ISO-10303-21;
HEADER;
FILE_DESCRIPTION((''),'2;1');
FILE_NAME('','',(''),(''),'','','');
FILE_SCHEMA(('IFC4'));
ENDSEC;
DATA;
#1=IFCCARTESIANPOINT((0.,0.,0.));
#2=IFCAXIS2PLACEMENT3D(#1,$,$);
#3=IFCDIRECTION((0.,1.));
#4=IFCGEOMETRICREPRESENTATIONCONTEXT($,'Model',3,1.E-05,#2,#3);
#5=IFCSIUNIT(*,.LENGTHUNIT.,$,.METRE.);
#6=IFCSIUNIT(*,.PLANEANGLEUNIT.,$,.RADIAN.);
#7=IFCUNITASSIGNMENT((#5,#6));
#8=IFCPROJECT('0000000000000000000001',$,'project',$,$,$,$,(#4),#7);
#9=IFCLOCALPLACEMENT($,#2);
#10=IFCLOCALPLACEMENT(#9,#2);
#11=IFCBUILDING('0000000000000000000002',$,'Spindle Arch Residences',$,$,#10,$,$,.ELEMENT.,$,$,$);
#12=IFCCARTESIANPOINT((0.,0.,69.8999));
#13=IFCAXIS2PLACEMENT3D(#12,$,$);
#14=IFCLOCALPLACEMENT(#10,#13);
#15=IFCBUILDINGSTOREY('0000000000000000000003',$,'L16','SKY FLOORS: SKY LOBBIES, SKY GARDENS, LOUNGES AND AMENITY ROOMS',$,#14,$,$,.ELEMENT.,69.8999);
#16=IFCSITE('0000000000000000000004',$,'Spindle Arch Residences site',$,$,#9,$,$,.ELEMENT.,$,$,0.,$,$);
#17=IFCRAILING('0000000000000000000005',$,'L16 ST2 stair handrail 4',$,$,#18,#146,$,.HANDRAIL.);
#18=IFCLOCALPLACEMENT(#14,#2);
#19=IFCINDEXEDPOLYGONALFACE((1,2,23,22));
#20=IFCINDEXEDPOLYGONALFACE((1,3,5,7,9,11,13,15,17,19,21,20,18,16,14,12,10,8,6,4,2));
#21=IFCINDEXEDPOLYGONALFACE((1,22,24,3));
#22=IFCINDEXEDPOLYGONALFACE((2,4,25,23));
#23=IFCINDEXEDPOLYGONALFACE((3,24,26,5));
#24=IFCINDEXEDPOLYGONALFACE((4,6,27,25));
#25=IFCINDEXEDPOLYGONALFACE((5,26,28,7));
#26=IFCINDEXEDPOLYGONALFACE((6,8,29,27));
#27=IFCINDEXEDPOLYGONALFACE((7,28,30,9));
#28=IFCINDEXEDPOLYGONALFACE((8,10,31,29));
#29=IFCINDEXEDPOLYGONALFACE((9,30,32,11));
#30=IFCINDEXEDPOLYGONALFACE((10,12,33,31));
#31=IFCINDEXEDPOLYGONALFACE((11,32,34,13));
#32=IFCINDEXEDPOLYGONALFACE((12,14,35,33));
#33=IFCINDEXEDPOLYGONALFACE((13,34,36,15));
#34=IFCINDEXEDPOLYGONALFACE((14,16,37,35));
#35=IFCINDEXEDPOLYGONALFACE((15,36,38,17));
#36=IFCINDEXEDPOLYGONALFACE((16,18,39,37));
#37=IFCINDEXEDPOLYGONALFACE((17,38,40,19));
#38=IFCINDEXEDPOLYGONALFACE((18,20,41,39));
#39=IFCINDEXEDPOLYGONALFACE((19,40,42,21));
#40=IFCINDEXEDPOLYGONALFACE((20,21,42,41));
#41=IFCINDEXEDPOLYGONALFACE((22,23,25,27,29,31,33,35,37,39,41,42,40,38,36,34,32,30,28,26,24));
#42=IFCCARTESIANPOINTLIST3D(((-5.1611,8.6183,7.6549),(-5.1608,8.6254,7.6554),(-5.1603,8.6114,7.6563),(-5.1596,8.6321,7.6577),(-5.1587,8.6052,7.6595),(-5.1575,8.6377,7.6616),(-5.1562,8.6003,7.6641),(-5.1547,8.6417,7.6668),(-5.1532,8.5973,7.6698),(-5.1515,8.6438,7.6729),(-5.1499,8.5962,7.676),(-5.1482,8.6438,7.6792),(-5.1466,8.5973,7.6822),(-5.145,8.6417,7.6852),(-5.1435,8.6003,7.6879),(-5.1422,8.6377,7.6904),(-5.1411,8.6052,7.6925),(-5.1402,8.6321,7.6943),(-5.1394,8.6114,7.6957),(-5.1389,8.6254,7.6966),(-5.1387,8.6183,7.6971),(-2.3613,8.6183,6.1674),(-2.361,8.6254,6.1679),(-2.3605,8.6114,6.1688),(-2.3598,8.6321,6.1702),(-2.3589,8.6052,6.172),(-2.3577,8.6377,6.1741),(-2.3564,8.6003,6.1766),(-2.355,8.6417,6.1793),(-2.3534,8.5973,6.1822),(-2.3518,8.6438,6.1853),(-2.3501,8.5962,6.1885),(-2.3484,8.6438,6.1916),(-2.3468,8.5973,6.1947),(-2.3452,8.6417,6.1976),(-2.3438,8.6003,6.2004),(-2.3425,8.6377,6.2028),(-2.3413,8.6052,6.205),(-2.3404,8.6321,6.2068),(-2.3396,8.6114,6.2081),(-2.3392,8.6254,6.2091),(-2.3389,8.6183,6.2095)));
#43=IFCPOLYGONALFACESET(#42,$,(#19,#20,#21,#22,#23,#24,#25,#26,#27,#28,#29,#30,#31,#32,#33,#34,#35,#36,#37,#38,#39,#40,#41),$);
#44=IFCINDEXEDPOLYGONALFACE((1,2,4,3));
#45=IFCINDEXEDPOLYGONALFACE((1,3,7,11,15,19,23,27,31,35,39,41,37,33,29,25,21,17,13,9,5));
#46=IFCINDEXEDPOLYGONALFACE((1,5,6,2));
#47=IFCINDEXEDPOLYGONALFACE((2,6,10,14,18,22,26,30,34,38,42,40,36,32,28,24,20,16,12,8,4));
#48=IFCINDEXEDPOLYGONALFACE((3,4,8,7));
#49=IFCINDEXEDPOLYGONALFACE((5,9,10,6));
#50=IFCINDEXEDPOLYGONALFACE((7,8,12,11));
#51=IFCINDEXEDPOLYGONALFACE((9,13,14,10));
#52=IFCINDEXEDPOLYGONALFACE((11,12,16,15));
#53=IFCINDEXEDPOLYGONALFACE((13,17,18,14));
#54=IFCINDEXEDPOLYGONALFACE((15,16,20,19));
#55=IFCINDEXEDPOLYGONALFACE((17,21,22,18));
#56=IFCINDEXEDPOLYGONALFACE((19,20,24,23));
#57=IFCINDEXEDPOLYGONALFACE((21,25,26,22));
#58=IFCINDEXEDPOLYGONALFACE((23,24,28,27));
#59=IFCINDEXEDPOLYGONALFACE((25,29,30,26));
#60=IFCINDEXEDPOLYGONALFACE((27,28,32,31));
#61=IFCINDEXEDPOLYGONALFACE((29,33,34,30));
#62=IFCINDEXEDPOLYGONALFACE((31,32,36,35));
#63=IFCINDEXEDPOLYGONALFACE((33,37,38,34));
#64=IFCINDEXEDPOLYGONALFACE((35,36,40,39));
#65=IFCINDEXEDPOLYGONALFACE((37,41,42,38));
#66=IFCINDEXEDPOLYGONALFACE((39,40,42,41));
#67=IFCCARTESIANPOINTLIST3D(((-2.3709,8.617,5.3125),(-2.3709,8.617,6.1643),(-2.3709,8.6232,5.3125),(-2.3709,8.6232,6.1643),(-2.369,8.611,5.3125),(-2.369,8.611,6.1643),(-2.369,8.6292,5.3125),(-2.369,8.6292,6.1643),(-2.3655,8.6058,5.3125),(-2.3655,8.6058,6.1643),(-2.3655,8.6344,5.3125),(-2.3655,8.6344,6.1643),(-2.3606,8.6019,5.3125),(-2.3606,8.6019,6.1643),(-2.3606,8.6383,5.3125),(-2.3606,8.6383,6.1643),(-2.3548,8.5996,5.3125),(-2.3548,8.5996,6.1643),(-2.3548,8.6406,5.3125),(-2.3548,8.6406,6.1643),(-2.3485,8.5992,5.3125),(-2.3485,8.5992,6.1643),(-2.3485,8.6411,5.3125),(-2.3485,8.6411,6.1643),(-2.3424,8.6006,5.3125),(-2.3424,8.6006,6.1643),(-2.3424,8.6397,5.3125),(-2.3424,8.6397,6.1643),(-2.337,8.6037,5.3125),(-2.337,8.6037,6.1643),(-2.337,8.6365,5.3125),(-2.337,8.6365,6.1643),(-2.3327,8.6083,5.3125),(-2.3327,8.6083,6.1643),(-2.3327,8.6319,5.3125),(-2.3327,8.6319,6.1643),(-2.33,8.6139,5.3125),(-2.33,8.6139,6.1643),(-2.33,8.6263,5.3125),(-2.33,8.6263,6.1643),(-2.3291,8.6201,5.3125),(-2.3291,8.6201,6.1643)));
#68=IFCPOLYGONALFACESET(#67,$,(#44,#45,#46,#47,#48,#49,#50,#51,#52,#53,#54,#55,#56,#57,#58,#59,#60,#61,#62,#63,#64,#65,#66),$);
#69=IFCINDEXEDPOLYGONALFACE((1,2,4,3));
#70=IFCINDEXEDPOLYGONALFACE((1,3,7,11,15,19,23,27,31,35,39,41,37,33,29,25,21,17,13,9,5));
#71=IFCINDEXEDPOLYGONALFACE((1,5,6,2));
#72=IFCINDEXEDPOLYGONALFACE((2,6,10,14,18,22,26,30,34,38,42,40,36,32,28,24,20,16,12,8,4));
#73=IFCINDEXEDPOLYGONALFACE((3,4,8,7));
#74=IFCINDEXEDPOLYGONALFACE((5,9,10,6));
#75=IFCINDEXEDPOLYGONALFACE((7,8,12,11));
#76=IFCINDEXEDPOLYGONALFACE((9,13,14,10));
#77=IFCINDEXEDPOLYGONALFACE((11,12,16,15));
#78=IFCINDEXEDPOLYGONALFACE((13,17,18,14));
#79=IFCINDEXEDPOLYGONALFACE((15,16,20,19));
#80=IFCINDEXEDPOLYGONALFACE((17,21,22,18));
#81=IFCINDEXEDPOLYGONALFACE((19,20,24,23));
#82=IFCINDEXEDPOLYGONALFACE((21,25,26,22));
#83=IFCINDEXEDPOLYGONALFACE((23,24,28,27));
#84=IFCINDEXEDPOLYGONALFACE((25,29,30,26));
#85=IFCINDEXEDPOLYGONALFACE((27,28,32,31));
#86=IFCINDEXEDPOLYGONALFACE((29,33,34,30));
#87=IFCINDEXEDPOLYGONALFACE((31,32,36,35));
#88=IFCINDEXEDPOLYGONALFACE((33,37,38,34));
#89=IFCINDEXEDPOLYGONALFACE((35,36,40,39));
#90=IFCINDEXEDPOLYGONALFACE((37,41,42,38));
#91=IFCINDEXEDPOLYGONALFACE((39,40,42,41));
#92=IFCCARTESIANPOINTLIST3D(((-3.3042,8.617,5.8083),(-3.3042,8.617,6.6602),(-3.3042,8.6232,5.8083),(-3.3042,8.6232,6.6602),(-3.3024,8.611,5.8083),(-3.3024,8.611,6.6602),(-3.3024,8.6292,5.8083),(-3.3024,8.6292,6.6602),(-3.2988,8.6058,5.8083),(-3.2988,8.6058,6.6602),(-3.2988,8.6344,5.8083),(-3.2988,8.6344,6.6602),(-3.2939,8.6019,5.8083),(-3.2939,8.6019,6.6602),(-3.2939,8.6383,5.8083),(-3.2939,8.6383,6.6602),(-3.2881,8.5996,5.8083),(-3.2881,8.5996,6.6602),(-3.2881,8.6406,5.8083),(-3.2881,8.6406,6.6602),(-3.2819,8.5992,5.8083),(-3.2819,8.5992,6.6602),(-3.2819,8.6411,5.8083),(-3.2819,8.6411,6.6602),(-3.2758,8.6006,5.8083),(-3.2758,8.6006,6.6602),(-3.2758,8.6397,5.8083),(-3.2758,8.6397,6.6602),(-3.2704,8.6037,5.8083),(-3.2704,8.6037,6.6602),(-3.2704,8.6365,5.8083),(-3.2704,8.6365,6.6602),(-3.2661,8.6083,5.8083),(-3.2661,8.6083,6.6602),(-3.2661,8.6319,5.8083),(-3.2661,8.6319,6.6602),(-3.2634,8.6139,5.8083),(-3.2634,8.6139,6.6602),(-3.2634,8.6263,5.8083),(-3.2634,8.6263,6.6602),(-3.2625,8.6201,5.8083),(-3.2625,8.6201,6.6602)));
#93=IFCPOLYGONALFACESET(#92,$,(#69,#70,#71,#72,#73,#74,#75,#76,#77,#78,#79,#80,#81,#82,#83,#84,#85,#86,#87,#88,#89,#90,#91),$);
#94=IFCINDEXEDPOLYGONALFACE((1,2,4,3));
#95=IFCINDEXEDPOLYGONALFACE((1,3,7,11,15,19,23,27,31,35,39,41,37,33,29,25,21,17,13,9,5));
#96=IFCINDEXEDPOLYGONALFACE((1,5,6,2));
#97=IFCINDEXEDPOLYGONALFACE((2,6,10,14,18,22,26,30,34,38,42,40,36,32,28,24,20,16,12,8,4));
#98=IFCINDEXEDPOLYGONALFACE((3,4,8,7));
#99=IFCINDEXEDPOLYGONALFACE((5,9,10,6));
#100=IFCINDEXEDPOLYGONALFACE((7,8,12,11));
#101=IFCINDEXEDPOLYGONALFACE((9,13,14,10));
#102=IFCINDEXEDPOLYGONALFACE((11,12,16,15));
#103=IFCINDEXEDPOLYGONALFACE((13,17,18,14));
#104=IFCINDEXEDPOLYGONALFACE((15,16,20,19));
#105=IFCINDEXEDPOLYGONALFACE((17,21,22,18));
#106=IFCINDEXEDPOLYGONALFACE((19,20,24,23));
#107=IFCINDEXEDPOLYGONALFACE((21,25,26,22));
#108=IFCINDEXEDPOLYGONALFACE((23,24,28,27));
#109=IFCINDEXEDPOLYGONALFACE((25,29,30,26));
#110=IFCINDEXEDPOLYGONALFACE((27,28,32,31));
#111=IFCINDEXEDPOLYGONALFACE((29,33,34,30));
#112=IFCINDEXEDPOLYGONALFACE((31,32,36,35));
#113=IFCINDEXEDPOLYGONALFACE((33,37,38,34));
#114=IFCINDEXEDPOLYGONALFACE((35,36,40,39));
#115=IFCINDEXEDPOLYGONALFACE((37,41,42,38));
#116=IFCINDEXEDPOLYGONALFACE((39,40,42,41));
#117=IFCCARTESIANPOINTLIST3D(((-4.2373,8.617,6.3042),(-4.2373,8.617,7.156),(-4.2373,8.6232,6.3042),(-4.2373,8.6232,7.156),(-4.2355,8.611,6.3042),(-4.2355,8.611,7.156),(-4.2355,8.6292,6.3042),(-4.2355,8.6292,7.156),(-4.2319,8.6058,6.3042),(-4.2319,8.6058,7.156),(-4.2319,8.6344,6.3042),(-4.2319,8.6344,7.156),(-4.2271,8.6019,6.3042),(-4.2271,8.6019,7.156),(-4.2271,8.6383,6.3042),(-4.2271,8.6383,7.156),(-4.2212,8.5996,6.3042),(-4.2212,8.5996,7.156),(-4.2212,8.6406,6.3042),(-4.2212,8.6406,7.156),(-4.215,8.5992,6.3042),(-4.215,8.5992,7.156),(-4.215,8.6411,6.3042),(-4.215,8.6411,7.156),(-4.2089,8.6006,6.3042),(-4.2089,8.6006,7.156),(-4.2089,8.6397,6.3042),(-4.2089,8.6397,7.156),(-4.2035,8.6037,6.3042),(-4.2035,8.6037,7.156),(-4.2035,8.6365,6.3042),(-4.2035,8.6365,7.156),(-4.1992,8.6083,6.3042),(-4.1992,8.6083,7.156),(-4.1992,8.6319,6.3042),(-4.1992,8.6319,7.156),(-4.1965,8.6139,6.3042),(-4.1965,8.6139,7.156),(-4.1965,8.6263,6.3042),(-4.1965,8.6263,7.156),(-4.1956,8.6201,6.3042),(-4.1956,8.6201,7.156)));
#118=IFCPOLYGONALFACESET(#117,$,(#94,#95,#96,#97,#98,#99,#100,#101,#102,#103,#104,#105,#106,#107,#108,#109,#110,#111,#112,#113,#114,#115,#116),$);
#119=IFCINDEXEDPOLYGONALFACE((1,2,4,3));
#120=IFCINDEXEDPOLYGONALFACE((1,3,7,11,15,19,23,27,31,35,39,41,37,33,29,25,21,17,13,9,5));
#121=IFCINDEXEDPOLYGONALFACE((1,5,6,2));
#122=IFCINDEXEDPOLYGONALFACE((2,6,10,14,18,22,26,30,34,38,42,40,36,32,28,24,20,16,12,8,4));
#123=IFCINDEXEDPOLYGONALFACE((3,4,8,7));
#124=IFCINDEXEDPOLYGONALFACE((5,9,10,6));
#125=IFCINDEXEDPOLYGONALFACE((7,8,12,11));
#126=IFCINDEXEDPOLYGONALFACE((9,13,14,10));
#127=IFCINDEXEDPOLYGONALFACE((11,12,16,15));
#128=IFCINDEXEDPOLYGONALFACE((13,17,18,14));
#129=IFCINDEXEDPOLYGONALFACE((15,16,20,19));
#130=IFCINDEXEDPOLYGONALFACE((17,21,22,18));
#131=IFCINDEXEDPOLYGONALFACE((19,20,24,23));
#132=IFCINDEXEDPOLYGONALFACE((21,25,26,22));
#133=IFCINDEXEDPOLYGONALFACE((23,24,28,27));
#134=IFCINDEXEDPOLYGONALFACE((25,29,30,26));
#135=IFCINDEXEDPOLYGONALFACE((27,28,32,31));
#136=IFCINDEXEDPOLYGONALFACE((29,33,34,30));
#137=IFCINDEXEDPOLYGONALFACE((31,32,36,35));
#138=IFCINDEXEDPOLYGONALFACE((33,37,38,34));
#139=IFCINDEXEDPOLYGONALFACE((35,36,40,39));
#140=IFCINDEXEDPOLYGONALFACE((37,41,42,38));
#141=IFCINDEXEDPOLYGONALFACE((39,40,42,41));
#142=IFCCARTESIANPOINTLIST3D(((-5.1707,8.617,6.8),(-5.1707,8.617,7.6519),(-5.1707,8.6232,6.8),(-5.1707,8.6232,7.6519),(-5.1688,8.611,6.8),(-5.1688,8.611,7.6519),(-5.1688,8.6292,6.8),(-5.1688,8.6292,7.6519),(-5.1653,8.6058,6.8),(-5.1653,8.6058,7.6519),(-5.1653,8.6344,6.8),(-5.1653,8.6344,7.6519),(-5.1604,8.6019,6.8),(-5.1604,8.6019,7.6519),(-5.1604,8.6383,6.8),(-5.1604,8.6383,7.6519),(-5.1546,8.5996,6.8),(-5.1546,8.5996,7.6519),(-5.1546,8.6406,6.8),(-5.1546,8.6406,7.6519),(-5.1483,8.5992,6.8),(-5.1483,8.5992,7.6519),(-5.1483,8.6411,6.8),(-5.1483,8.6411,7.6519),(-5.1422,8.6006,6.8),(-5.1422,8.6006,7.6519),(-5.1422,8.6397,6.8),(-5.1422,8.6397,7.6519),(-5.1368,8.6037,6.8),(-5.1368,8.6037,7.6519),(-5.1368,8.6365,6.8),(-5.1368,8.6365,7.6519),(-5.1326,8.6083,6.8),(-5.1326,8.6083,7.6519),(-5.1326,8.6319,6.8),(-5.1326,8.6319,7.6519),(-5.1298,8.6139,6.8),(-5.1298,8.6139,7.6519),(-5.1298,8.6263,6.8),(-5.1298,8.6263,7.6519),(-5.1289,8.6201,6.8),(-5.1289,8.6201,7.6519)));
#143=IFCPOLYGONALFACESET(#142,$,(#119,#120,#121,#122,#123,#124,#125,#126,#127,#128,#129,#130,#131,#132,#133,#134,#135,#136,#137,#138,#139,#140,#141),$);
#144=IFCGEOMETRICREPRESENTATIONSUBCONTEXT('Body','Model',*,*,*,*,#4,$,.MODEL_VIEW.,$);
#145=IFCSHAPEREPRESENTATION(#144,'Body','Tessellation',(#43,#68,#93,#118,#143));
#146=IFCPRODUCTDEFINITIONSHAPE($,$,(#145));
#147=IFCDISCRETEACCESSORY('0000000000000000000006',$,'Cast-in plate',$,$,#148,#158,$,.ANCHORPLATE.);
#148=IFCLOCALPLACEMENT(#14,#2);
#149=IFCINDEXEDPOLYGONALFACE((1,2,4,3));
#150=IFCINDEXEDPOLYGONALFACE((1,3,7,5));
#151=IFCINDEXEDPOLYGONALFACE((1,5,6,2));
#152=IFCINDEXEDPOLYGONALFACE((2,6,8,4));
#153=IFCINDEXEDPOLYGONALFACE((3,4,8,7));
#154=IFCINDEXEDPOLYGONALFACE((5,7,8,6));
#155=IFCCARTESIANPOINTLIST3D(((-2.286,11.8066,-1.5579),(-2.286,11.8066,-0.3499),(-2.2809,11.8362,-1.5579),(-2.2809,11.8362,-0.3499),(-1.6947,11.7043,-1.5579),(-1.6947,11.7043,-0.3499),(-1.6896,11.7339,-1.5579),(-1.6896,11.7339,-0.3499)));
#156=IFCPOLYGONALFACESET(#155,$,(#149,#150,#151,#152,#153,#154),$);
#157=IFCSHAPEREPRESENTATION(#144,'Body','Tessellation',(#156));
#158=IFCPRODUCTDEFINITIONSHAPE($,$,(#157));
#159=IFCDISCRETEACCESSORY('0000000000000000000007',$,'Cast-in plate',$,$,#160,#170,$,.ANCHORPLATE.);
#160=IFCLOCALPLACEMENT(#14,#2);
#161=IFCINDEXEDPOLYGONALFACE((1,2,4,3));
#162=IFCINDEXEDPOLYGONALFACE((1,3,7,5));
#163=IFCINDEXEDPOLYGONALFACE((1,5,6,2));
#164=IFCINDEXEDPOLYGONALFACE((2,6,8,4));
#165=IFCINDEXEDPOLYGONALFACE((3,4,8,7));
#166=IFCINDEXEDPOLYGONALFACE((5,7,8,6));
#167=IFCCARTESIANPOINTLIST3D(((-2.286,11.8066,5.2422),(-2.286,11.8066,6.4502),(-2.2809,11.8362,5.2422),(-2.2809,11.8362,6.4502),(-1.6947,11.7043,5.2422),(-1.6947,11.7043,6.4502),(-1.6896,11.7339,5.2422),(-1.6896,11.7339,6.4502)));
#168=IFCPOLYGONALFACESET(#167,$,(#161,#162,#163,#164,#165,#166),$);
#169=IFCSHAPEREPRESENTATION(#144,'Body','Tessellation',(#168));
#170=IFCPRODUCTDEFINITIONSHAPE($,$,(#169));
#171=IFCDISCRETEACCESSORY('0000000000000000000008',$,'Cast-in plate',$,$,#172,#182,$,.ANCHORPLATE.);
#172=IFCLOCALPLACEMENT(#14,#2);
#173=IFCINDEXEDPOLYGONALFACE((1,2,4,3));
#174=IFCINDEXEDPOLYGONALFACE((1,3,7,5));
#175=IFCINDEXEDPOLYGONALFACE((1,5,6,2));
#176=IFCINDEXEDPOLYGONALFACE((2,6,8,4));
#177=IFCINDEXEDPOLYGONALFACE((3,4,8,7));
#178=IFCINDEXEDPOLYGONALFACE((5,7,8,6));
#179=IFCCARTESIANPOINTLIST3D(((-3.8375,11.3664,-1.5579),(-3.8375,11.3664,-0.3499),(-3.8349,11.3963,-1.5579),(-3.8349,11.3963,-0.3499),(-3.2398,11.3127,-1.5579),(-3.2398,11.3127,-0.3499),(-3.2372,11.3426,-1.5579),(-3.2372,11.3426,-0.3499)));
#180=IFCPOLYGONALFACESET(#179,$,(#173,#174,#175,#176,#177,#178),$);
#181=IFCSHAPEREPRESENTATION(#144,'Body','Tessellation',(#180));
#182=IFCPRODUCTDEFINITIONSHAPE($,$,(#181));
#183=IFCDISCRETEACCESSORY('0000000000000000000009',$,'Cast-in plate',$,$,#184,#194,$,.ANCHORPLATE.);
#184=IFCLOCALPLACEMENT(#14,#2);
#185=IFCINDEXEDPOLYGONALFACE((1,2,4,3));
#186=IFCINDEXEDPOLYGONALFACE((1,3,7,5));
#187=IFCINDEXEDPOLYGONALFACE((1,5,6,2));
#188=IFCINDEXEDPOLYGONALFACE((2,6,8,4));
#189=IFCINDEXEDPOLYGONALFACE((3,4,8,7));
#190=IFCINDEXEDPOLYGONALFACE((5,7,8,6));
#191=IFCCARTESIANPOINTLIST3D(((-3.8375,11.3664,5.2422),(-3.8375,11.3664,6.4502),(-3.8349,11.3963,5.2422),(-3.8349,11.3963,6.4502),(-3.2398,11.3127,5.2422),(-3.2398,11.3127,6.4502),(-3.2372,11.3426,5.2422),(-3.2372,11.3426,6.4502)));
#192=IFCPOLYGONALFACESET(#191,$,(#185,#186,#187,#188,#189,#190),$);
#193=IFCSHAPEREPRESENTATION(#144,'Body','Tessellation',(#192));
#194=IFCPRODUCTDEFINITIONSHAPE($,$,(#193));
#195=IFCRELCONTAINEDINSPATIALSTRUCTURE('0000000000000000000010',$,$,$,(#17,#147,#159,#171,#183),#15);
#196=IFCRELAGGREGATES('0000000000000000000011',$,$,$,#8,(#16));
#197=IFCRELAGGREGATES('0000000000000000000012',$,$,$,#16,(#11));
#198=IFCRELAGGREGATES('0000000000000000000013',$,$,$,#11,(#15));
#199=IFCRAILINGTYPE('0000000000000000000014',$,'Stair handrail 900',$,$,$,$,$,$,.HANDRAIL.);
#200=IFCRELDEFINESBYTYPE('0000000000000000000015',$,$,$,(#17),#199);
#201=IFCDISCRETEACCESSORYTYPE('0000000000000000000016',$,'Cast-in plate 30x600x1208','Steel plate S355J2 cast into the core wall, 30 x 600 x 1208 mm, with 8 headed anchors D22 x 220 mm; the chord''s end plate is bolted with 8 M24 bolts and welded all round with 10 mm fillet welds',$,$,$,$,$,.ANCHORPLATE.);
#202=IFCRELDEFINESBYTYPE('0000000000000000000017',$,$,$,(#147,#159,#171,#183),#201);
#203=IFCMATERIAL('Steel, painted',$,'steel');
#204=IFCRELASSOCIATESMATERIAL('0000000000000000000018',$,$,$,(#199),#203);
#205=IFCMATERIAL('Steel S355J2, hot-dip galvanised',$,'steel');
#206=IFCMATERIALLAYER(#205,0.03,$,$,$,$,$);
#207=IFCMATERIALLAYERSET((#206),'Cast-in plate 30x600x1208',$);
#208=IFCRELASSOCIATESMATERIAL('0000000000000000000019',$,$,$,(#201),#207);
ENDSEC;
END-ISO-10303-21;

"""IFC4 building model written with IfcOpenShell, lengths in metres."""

from ifc_helpers import new_model, si_unit, direction, frame, origin, origin_2d, place, context, subcontext, project, spatial, rectangle, circle, extrude, material, layer, layer_set, type_object, element, save


model = new_model("IFC4")

# Units and contexts
model_context = context("Model", 3, precision=1e-05, world=origin(), true_north=direction((0.0, 1.0)))
body_context = subcontext(model_context, "Body", "Model", "MODEL_VIEW")
ifc_project = project(units=[si_unit("LENGTHUNIT", "METRE"), si_unit("PLANEANGLEUNIT", "RADIAN")], contexts=[model_context])

# Site, building, storey
site_placement = place(None, origin())
site = spatial("IfcSite", under=ifc_project, at=site_placement, Name="Spindle Arch Residences site", CompositionType="ELEMENT", RefElevation=0.0)
building_placement = place(site_placement, origin())
building = spatial("IfcBuilding", under=site, at=building_placement, Name="Spindle Arch Residences", CompositionType="ELEMENT")
storey_placement = place(building_placement, frame((0.0, 0.0, 69.8999)))
storey = spatial("IfcBuildingStorey", under=building, at=storey_placement, Name="L16", Description="SKY FLOORS: SKY LOBBIES, SKY GARDENS, LOUNGES AND AMENITY ROOMS", CompositionType="ELEMENT", Elevation=69.8999)

# Railing
ifc_material_1 = material(Name="Steel, painted", Category="steel")
railing_type_1 = type_object("IfcRailingType", Name="Stair handrail 900", PredefinedType="HANDRAIL", material=ifc_material_1)
for number, where, name in (
    (1, (-2.3501, 8.6201, 5.3125), "L16 ST2 stair handrail 4"),
):
    element("IfcRailing", number, at=place(storey_placement, frame(where)), inside=storey, type_object=railing_type_1, Name=name, PredefinedType="HANDRAIL", context=body_context, shape_type="SweptSolid", body=[
        extrude(circle(Radius=0.0239, at=origin_2d()), frame((0.0, 0.0, 0.876), z_axis=(-0.883096, 0.0, 0.469193), x_axis=(0.0, -1.0, 0.0)), (0.0, 0.0, 1.0), 3.1704),
        extrude(circle(Radius=0.021, at=origin_2d()), origin(), (0.0, 0.0, 1.0), 0.8518),
        extrude(circle(Radius=0.021, at=origin_2d()), frame((-0.9333, 0.0, 0.4958)), (0.0, 0.0, 1.0), 0.8518),
        extrude(circle(Radius=0.021, at=origin_2d()), frame((-1.8665, 0.0, 0.9917)), (0.0, 0.0, 1.0), 0.8518),
        extrude(circle(Radius=0.021, at=origin_2d()), frame((-2.7998, 0.0, 1.4875)), (0.0, 0.0, 1.0), 0.8518),
    ])

# Discrete accessories
ifc_material_2 = material(Name="Steel S355J2, hot-dip galvanised", Category="steel")
ifc_layer_1 = layer(ifc_material_2, 0.03)
ifc_layer_set_1 = layer_set([ifc_layer_1], Name="Cast-in plate 30x600x1208")
discrete_accessory_type = type_object("IfcDiscreteAccessoryType", Name="Cast-in plate 30x600x1208", Description="Steel plate S355J2 cast into the core wall, 30 x 600 x 1208 mm, with 8 headed anchors D22 x 220 mm; the chord's end plate is bolted with 8 M24 bolts and welded all round with 10 mm fillet welds", PredefinedType="ANCHORPLATE", material=ifc_layer_set_1)
for number, where, z_axis, x_axis, name in (
    (2, (-1.9878, 11.7703, -1.5579), (0.0, 0.0, 1.0), (0.170476, 0.985362, 0.0), "Cast-in plate"),
    (3, (-1.9878, 11.7703, 5.2422), (0.0, 0.0, 1.0), (0.170476, 0.985362, 0.0), "Cast-in plate"),
    (4, (-3.5374, 11.3545, -1.5579), (0.0, 0.0, 1.0), (0.089386, 0.995997, 0.0), "Cast-in plate"),
    (5, (-3.5374, 11.3545, 5.2422), (0.0, 0.0, 1.0), (0.089386, 0.995997, 0.0), "Cast-in plate"),
):
    element("IfcDiscreteAccessory", number, at=place(storey_placement, frame(where, z_axis=z_axis, x_axis=x_axis)), inside=storey, type_object=discrete_accessory_type, Name=name, PredefinedType="ANCHORPLATE", context=body_context, shape_type="SweptSolid", body=[
        extrude(rectangle(XDim=0.03, YDim=0.6001, at=origin_2d()), origin(), (0.0, 0.0, 1.0), 1.208),
    ])

save(model, "model.ifc")
